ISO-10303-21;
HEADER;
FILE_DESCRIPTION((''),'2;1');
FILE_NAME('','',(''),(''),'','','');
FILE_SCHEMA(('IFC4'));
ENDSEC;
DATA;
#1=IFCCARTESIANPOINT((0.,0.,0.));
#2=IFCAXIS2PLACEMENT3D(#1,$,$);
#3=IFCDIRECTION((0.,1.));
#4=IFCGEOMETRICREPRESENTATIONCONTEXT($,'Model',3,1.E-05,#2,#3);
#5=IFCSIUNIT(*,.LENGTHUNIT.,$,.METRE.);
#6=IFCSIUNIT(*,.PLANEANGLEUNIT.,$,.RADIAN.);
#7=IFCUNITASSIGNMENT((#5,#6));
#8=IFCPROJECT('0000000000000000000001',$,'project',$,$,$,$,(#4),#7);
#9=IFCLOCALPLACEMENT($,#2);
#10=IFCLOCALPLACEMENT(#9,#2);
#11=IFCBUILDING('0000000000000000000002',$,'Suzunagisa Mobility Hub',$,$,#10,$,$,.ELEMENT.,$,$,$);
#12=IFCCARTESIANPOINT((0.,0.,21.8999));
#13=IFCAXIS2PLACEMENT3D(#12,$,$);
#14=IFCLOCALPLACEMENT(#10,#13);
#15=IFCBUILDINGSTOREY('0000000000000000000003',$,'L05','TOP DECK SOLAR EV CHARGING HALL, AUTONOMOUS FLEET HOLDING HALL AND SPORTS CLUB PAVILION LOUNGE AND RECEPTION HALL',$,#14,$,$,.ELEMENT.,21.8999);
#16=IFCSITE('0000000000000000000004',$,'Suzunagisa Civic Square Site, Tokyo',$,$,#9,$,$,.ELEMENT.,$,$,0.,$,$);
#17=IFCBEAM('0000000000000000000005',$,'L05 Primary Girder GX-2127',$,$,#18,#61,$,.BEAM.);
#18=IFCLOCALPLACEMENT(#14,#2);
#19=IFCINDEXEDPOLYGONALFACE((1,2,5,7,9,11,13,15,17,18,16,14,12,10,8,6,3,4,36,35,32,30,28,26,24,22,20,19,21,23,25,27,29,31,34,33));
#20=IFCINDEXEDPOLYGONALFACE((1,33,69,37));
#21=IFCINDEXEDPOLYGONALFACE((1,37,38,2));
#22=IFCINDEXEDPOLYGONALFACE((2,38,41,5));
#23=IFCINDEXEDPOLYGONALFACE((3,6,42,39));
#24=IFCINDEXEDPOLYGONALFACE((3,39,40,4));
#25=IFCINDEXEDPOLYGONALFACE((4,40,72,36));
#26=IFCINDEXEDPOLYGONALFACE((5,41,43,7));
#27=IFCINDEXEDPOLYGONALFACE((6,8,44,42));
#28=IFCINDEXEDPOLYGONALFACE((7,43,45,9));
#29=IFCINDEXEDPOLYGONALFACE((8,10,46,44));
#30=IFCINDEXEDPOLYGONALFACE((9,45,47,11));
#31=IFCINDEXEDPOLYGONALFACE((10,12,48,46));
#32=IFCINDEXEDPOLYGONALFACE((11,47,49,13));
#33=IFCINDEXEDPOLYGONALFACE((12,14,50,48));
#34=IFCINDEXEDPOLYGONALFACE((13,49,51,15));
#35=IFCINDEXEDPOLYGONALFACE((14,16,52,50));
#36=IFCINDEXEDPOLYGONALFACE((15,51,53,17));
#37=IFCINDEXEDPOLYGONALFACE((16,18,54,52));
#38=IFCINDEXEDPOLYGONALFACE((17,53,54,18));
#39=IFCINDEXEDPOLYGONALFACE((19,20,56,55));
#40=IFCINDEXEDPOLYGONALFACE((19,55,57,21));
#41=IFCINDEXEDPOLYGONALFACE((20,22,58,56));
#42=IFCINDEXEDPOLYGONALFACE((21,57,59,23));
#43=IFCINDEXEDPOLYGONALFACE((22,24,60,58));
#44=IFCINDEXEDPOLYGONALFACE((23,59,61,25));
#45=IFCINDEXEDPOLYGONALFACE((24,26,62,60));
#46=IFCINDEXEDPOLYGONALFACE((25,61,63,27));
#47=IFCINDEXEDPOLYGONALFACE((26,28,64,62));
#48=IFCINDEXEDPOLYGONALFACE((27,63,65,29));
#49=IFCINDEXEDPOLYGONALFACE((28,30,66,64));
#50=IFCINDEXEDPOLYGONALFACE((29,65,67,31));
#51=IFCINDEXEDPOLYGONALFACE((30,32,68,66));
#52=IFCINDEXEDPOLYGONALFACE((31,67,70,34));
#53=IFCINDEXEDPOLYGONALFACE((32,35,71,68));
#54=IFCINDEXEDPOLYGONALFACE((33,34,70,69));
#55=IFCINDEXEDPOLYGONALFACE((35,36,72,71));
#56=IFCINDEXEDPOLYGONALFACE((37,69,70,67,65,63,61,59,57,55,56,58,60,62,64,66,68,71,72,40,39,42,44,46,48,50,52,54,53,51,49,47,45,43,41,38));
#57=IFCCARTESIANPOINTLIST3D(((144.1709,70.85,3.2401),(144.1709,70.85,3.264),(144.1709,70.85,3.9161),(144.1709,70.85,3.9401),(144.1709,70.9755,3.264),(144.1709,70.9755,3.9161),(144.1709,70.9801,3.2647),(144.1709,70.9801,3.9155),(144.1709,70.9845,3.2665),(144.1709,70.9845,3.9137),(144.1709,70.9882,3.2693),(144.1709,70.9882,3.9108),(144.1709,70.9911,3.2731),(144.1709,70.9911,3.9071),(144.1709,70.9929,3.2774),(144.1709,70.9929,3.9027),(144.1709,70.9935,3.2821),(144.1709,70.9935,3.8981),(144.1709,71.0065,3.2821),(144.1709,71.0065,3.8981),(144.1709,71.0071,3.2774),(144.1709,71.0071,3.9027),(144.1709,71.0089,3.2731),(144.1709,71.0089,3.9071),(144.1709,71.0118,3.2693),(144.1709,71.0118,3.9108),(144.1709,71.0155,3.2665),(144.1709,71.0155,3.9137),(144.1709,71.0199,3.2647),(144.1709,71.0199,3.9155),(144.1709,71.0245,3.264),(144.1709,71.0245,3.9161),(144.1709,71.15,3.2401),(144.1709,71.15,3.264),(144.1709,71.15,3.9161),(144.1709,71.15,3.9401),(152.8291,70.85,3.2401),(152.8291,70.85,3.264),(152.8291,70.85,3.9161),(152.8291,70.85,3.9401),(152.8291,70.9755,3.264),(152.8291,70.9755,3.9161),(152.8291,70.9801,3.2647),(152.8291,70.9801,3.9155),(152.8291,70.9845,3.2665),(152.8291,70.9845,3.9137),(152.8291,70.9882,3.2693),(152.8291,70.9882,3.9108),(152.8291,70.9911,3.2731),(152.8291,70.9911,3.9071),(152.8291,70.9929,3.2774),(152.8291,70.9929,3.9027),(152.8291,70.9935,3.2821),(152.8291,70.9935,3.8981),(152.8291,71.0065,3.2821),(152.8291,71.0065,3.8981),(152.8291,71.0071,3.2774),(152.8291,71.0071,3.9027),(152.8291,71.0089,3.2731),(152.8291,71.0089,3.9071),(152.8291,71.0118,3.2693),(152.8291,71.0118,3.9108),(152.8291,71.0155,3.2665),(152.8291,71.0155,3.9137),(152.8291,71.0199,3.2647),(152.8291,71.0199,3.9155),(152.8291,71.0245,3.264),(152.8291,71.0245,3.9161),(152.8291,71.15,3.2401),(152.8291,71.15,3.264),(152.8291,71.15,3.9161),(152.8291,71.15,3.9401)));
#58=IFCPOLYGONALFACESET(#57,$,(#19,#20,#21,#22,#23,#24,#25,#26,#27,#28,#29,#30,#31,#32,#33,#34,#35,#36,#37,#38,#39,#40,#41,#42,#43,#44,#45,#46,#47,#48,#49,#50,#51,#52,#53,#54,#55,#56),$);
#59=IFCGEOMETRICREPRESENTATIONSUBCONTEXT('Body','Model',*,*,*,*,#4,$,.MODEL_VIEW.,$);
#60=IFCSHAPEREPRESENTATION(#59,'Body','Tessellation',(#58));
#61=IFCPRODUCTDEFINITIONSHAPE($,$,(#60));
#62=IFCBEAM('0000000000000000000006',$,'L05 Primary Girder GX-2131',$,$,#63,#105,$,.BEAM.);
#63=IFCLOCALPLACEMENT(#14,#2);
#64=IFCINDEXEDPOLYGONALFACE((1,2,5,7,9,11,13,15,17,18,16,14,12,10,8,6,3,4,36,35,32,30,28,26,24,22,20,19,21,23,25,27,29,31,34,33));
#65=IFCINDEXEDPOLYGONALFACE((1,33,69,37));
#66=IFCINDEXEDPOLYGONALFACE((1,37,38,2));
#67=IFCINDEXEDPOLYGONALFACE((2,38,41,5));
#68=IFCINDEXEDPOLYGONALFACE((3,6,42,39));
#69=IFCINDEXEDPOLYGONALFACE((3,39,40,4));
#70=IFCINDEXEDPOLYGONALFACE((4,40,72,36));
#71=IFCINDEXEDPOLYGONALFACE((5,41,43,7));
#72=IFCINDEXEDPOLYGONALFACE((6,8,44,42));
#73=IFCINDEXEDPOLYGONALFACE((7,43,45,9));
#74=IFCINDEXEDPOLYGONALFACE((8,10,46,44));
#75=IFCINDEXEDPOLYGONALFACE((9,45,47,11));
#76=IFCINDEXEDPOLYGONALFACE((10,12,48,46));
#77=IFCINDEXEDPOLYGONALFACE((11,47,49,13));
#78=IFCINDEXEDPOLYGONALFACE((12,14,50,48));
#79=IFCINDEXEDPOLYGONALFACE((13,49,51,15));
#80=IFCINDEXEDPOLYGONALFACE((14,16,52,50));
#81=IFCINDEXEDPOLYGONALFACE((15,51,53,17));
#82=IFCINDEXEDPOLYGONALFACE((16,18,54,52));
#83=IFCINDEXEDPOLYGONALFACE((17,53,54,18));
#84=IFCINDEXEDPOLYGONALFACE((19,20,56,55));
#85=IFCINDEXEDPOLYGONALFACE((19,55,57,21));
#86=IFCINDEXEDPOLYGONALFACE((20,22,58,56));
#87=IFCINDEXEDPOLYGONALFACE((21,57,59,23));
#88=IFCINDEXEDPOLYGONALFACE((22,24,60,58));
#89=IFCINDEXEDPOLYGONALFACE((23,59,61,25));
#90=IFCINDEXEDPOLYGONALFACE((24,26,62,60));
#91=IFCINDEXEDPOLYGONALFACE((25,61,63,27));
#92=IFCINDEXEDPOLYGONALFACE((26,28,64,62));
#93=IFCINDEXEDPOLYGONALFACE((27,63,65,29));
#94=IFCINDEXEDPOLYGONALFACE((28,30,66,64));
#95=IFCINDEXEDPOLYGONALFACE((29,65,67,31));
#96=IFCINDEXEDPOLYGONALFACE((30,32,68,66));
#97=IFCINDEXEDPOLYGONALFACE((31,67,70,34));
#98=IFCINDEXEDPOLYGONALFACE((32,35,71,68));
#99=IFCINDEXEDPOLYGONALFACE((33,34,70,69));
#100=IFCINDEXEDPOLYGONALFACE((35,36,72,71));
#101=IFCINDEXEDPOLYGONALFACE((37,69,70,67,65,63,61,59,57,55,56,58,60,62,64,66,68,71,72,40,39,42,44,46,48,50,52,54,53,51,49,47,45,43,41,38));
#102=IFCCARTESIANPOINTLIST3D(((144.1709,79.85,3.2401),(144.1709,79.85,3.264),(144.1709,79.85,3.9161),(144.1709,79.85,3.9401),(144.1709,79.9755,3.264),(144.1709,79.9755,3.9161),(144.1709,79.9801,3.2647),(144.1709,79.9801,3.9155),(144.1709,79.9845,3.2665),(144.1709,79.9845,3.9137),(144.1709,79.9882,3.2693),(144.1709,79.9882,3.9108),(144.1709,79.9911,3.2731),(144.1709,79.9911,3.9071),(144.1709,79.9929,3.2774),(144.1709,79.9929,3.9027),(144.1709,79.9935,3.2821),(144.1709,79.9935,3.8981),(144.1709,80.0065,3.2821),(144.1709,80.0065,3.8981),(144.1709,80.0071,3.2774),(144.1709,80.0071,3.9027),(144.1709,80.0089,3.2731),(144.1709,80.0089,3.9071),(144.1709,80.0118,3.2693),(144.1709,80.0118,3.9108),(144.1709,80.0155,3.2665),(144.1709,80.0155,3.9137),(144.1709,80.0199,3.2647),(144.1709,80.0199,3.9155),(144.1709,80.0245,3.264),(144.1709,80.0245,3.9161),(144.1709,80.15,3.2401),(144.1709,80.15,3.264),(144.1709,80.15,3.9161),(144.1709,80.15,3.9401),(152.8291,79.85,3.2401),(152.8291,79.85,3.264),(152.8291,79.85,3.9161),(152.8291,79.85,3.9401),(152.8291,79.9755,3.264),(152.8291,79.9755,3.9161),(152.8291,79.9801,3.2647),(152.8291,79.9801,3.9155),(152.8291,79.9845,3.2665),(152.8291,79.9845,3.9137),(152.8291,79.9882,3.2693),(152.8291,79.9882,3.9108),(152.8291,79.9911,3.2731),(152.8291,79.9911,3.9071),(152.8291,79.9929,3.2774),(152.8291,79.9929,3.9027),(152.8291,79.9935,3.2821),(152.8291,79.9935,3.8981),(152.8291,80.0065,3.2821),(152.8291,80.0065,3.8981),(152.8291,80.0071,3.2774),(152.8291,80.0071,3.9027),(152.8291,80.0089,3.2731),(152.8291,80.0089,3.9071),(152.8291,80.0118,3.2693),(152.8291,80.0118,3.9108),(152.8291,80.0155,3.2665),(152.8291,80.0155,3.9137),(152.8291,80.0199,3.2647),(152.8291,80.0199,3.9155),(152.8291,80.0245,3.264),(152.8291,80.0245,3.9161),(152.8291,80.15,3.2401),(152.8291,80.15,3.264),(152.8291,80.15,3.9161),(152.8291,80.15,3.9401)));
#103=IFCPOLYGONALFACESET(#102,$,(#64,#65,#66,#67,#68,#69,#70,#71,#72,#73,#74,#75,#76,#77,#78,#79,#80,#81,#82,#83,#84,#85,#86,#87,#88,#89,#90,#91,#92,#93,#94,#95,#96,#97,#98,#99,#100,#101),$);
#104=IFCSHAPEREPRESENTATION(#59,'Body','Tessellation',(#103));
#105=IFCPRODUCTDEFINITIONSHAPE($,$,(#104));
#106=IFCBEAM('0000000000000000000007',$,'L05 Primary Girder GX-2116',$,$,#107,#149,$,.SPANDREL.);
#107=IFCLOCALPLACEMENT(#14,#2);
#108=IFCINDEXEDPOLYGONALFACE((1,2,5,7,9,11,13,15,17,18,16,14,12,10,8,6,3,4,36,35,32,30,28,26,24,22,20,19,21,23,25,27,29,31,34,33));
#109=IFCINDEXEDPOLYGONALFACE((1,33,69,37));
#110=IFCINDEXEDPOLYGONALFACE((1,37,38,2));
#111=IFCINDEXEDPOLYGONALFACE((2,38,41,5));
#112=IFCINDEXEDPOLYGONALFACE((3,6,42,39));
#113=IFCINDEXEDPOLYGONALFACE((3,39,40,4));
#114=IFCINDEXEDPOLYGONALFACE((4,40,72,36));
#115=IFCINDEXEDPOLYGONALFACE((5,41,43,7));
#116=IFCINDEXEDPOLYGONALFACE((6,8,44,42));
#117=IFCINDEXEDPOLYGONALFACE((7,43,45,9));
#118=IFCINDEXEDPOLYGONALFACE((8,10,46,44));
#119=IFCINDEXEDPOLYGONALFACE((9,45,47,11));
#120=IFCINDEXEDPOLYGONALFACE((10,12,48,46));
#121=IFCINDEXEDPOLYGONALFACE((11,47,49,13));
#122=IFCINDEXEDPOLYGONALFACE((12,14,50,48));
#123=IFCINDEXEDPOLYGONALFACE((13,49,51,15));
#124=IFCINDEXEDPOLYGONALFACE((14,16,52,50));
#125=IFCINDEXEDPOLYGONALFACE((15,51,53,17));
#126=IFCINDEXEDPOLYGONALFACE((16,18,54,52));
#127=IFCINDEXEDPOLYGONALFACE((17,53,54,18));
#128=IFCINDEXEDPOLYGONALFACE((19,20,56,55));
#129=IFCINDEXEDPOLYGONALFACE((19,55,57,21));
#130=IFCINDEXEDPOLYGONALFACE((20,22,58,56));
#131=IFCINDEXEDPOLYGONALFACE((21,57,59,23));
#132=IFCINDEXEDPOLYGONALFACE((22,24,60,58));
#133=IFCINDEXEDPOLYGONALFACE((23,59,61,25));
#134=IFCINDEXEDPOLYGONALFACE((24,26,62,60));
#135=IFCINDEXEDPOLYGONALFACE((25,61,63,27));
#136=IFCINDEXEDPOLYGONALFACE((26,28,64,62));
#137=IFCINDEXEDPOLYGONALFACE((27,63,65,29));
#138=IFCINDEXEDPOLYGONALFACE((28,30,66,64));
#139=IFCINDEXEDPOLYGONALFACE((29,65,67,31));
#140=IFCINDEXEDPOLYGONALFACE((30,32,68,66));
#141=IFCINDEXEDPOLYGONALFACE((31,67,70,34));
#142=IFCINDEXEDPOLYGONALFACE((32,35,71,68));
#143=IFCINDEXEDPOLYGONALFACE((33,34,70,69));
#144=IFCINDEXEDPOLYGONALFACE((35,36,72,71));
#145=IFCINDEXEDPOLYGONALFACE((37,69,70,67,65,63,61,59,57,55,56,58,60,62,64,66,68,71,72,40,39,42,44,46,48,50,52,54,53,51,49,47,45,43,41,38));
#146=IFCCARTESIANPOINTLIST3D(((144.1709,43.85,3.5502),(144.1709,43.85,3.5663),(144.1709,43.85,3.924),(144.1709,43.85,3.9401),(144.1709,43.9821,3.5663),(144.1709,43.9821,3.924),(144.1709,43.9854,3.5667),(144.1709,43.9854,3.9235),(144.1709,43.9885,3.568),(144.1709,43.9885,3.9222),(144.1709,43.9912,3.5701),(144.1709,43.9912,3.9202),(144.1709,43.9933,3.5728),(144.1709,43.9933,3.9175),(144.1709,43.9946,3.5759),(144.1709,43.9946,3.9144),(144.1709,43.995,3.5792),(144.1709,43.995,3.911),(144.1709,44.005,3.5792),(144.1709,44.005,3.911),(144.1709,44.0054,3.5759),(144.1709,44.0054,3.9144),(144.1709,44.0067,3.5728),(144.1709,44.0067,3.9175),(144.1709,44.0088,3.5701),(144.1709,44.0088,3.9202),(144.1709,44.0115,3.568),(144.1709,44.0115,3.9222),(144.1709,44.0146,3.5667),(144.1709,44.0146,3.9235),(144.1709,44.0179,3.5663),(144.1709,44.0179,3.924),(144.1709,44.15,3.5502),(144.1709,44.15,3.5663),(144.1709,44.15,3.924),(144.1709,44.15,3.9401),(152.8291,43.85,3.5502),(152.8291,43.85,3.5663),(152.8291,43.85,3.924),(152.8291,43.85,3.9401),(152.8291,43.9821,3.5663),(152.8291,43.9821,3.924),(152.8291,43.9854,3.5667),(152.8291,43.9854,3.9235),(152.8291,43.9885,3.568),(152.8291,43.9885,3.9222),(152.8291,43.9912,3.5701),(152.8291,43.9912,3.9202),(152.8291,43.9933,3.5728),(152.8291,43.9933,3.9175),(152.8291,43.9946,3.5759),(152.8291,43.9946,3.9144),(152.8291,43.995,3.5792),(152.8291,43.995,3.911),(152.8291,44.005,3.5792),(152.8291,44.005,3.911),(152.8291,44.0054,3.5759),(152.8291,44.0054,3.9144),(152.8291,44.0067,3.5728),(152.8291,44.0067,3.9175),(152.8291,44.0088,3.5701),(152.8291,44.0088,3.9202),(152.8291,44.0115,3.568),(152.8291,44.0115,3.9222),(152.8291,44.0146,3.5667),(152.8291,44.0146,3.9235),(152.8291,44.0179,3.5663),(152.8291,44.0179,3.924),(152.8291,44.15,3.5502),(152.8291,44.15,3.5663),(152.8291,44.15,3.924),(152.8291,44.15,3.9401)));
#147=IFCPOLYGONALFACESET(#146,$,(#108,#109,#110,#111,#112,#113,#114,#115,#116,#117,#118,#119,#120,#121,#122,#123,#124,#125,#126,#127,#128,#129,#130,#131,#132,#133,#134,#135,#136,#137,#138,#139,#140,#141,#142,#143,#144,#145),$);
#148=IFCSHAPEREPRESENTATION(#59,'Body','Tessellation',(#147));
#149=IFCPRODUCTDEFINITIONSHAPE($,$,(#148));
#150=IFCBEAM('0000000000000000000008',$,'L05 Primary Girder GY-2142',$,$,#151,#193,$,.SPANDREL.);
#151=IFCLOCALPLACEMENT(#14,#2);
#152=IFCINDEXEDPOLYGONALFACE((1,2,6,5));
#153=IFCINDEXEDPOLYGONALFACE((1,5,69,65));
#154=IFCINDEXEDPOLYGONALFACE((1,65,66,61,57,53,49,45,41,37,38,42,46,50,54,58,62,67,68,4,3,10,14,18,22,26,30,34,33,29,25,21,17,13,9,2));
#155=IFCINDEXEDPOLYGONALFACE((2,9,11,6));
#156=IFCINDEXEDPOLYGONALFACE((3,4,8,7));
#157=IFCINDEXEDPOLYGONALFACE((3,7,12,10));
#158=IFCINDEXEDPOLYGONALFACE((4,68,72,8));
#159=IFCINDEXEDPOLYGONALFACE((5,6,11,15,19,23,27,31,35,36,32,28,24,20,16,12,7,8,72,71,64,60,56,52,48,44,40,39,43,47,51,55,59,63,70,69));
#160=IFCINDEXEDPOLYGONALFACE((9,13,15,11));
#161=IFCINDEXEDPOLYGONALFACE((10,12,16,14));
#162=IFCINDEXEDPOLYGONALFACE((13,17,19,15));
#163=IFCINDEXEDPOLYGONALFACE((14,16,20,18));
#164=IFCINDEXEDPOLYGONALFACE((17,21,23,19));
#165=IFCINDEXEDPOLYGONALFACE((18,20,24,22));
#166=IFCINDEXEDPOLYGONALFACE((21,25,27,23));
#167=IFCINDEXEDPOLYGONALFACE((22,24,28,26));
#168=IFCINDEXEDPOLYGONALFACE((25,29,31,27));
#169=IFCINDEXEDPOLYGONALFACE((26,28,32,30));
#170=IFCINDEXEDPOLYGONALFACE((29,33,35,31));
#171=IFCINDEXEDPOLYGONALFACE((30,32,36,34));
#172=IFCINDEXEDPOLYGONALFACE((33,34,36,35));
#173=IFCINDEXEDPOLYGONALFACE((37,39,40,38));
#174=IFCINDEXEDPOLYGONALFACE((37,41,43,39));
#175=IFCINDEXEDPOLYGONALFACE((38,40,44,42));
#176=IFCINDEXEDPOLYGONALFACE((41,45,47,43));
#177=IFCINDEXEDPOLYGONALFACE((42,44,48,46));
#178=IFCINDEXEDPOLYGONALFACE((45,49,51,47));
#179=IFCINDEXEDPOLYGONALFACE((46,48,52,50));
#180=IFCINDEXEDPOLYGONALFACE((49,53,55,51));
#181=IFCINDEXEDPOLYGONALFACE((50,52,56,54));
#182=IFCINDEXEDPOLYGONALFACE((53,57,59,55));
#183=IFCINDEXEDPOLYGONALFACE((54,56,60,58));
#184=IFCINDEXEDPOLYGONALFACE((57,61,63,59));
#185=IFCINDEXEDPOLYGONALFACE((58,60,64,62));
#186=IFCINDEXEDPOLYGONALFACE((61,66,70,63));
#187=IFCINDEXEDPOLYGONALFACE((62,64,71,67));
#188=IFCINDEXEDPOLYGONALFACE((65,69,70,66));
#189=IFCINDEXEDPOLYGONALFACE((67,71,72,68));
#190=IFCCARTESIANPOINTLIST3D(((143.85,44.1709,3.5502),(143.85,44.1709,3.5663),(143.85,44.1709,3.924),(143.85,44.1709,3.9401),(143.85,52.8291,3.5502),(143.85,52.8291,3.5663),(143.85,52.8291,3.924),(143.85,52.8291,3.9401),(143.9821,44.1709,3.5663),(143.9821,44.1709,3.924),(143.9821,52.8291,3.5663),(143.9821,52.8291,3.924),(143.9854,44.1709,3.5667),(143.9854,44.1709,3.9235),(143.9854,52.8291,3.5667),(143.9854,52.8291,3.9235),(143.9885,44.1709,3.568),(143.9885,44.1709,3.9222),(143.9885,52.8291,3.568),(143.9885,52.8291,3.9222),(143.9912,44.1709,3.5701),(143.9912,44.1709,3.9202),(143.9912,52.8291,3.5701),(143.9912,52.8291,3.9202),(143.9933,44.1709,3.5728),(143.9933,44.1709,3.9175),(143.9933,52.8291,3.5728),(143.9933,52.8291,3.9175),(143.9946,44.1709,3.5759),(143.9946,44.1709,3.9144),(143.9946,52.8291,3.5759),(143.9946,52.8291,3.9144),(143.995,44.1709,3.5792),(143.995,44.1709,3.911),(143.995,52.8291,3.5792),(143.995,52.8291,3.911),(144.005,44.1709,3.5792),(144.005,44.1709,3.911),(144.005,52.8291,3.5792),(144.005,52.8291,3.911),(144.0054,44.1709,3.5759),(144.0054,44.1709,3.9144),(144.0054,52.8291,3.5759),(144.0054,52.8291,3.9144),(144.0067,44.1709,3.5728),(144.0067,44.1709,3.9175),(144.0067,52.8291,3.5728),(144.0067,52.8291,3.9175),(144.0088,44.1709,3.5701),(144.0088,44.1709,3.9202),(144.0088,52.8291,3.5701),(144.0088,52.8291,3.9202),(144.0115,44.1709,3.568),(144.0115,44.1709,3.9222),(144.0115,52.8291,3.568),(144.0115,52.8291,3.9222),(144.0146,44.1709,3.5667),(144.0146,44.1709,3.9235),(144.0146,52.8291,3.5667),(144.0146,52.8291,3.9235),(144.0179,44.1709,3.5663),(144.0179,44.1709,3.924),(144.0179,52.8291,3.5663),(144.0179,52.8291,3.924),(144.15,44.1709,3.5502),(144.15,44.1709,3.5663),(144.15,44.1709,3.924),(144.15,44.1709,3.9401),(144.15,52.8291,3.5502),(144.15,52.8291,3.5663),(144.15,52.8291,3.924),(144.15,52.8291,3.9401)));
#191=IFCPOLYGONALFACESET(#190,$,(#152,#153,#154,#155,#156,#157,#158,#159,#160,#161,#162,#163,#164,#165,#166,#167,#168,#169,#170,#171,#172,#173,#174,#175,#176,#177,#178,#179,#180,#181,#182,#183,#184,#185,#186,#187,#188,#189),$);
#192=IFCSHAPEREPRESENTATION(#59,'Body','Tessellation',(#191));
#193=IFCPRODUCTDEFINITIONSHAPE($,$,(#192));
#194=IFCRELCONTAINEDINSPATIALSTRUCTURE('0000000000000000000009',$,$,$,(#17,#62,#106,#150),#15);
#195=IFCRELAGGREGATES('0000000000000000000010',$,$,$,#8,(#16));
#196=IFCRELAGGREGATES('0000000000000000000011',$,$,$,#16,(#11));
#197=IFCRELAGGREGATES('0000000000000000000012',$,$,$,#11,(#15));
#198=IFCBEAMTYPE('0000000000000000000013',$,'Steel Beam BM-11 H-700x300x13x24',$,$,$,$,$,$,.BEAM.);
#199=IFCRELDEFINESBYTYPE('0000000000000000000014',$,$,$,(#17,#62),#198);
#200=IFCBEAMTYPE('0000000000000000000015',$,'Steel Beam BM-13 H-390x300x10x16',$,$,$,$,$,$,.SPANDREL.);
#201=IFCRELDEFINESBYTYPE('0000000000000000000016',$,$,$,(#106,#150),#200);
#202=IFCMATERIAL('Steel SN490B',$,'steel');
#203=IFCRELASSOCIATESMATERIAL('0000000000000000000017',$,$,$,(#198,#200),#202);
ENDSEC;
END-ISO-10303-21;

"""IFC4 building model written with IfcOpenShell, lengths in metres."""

from ifc_helpers import new_model, si_unit, direction, frame, origin, origin_2d, place, context, subcontext, project, spatial, i_section, extrude, material, material_profile, profile_set, type_object, element, save


model = new_model("IFC4")

# Units and contexts
model_context = context("Model", 3, precision=1e-05, world=origin(), true_north=direction((0.0, 1.0)))
body_context = subcontext(model_context, "Body", "Model", "MODEL_VIEW")
ifc_project = project(units=[si_unit("LENGTHUNIT", "METRE"), si_unit("PLANEANGLEUNIT", "RADIAN")], contexts=[model_context])

# Site, building, storey
site_placement = place(None, origin())
site = spatial("IfcSite", under=ifc_project, at=site_placement, Name="Suzunagisa Civic Square Site, Tokyo", CompositionType="ELEMENT", RefElevation=0.0)
building_placement = place(site_placement, origin())
building = spatial("IfcBuilding", under=site, at=building_placement, Name="Suzunagisa Mobility Hub", CompositionType="ELEMENT")
storey_placement = place(building_placement, frame((0.0, 0.0, 21.8999)))
storey = spatial("IfcBuildingStorey", under=building, at=storey_placement, Name="L05", Description="TOP DECK SOLAR EV CHARGING HALL, AUTONOMOUS FLEET HOLDING HALL AND SPORTS CLUB PAVILION LOUNGE AND RECEPTION HALL", CompositionType="ELEMENT", Elevation=21.8999)

# Shared definitions
ifc_material_1 = material(Name="Steel SN490B", Category="steel")

# Beams
ifc_material_profile_1 = material_profile(ifc_material_1, i_section(OverallWidth=0.3, OverallDepth=0.7, WebThickness=0.0129, FlangeThickness=0.0239, FilletRadius=0.0181, at=origin_2d()), Name="H-700x300x13x24")
ifc_profile_set_1 = profile_set([ifc_material_profile_1], Name="Steel SN490B")
beam_type_1 = type_object("IfcBeamType", Name="Steel Beam BM-11 H-700x300x13x24", PredefinedType="BEAM", material=ifc_profile_set_1)
for number, where, z_axis, x_axis, name in (
    (1, (144.1709, 71.0, 3.5901), (1.0, 0.0, 0.0), (0.0, 1.0, 0.0), "L05 Primary Girder GX-2127"),
    (2, (144.1709, 80.0, 3.5901), (1.0, 0.0, 0.0), (0.0, 1.0, 0.0), "L05 Primary Girder GX-2131"),
):
    element("IfcBeam", number, at=place(storey_placement, frame(where, z_axis=z_axis, x_axis=x_axis)), inside=storey, type_object=beam_type_1, Name=name, PredefinedType="BEAM", context=body_context, shape_type="SweptSolid", body=[
        extrude(i_section(OverallWidth=0.3, OverallDepth=0.7, WebThickness=0.0129, FlangeThickness=0.0239, FilletRadius=0.0181, at=origin_2d()), origin(), (0.0, 0.0, 1.0), 8.6582),
    ])
ifc_material_profile_2 = material_profile(ifc_material_1, i_section(OverallWidth=0.3, OverallDepth=0.3899, WebThickness=0.01, FlangeThickness=0.0161, FilletRadius=0.0129, at=origin_2d()), Name="H-390x300x10x16")
ifc_profile_set_2 = profile_set([ifc_material_profile_2], Name="Steel SN490B")
beam_type_2 = type_object("IfcBeamType", Name="Steel Beam BM-13 H-390x300x10x16", PredefinedType="SPANDREL", material=ifc_profile_set_2)
for number, where, z_axis, x_axis, name in (
    (3, (144.1709, 44.0, 3.7451), (1.0, 0.0, 0.0), (0.0, 1.0, 0.0), "L05 Primary Girder GX-2116"),
    (4, (144.0, 44.1709, 3.7451), (0.0, 1.0, 0.0), (-1.0, 0.0, 0.0), "L05 Primary Girder GY-2142"),
):
    element("IfcBeam", number, at=place(storey_placement, frame(where, z_axis=z_axis, x_axis=x_axis)), inside=storey, type_object=beam_type_2, Name=name, PredefinedType="SPANDREL", context=body_context, shape_type="SweptSolid", body=[
        extrude(i_section(OverallWidth=0.3, OverallDepth=0.3899, WebThickness=0.01, FlangeThickness=0.0161, FilletRadius=0.0129, at=origin_2d()), origin(), (0.0, 0.0, 1.0), 8.6582),
    ])

save(model, "model.ifc")
